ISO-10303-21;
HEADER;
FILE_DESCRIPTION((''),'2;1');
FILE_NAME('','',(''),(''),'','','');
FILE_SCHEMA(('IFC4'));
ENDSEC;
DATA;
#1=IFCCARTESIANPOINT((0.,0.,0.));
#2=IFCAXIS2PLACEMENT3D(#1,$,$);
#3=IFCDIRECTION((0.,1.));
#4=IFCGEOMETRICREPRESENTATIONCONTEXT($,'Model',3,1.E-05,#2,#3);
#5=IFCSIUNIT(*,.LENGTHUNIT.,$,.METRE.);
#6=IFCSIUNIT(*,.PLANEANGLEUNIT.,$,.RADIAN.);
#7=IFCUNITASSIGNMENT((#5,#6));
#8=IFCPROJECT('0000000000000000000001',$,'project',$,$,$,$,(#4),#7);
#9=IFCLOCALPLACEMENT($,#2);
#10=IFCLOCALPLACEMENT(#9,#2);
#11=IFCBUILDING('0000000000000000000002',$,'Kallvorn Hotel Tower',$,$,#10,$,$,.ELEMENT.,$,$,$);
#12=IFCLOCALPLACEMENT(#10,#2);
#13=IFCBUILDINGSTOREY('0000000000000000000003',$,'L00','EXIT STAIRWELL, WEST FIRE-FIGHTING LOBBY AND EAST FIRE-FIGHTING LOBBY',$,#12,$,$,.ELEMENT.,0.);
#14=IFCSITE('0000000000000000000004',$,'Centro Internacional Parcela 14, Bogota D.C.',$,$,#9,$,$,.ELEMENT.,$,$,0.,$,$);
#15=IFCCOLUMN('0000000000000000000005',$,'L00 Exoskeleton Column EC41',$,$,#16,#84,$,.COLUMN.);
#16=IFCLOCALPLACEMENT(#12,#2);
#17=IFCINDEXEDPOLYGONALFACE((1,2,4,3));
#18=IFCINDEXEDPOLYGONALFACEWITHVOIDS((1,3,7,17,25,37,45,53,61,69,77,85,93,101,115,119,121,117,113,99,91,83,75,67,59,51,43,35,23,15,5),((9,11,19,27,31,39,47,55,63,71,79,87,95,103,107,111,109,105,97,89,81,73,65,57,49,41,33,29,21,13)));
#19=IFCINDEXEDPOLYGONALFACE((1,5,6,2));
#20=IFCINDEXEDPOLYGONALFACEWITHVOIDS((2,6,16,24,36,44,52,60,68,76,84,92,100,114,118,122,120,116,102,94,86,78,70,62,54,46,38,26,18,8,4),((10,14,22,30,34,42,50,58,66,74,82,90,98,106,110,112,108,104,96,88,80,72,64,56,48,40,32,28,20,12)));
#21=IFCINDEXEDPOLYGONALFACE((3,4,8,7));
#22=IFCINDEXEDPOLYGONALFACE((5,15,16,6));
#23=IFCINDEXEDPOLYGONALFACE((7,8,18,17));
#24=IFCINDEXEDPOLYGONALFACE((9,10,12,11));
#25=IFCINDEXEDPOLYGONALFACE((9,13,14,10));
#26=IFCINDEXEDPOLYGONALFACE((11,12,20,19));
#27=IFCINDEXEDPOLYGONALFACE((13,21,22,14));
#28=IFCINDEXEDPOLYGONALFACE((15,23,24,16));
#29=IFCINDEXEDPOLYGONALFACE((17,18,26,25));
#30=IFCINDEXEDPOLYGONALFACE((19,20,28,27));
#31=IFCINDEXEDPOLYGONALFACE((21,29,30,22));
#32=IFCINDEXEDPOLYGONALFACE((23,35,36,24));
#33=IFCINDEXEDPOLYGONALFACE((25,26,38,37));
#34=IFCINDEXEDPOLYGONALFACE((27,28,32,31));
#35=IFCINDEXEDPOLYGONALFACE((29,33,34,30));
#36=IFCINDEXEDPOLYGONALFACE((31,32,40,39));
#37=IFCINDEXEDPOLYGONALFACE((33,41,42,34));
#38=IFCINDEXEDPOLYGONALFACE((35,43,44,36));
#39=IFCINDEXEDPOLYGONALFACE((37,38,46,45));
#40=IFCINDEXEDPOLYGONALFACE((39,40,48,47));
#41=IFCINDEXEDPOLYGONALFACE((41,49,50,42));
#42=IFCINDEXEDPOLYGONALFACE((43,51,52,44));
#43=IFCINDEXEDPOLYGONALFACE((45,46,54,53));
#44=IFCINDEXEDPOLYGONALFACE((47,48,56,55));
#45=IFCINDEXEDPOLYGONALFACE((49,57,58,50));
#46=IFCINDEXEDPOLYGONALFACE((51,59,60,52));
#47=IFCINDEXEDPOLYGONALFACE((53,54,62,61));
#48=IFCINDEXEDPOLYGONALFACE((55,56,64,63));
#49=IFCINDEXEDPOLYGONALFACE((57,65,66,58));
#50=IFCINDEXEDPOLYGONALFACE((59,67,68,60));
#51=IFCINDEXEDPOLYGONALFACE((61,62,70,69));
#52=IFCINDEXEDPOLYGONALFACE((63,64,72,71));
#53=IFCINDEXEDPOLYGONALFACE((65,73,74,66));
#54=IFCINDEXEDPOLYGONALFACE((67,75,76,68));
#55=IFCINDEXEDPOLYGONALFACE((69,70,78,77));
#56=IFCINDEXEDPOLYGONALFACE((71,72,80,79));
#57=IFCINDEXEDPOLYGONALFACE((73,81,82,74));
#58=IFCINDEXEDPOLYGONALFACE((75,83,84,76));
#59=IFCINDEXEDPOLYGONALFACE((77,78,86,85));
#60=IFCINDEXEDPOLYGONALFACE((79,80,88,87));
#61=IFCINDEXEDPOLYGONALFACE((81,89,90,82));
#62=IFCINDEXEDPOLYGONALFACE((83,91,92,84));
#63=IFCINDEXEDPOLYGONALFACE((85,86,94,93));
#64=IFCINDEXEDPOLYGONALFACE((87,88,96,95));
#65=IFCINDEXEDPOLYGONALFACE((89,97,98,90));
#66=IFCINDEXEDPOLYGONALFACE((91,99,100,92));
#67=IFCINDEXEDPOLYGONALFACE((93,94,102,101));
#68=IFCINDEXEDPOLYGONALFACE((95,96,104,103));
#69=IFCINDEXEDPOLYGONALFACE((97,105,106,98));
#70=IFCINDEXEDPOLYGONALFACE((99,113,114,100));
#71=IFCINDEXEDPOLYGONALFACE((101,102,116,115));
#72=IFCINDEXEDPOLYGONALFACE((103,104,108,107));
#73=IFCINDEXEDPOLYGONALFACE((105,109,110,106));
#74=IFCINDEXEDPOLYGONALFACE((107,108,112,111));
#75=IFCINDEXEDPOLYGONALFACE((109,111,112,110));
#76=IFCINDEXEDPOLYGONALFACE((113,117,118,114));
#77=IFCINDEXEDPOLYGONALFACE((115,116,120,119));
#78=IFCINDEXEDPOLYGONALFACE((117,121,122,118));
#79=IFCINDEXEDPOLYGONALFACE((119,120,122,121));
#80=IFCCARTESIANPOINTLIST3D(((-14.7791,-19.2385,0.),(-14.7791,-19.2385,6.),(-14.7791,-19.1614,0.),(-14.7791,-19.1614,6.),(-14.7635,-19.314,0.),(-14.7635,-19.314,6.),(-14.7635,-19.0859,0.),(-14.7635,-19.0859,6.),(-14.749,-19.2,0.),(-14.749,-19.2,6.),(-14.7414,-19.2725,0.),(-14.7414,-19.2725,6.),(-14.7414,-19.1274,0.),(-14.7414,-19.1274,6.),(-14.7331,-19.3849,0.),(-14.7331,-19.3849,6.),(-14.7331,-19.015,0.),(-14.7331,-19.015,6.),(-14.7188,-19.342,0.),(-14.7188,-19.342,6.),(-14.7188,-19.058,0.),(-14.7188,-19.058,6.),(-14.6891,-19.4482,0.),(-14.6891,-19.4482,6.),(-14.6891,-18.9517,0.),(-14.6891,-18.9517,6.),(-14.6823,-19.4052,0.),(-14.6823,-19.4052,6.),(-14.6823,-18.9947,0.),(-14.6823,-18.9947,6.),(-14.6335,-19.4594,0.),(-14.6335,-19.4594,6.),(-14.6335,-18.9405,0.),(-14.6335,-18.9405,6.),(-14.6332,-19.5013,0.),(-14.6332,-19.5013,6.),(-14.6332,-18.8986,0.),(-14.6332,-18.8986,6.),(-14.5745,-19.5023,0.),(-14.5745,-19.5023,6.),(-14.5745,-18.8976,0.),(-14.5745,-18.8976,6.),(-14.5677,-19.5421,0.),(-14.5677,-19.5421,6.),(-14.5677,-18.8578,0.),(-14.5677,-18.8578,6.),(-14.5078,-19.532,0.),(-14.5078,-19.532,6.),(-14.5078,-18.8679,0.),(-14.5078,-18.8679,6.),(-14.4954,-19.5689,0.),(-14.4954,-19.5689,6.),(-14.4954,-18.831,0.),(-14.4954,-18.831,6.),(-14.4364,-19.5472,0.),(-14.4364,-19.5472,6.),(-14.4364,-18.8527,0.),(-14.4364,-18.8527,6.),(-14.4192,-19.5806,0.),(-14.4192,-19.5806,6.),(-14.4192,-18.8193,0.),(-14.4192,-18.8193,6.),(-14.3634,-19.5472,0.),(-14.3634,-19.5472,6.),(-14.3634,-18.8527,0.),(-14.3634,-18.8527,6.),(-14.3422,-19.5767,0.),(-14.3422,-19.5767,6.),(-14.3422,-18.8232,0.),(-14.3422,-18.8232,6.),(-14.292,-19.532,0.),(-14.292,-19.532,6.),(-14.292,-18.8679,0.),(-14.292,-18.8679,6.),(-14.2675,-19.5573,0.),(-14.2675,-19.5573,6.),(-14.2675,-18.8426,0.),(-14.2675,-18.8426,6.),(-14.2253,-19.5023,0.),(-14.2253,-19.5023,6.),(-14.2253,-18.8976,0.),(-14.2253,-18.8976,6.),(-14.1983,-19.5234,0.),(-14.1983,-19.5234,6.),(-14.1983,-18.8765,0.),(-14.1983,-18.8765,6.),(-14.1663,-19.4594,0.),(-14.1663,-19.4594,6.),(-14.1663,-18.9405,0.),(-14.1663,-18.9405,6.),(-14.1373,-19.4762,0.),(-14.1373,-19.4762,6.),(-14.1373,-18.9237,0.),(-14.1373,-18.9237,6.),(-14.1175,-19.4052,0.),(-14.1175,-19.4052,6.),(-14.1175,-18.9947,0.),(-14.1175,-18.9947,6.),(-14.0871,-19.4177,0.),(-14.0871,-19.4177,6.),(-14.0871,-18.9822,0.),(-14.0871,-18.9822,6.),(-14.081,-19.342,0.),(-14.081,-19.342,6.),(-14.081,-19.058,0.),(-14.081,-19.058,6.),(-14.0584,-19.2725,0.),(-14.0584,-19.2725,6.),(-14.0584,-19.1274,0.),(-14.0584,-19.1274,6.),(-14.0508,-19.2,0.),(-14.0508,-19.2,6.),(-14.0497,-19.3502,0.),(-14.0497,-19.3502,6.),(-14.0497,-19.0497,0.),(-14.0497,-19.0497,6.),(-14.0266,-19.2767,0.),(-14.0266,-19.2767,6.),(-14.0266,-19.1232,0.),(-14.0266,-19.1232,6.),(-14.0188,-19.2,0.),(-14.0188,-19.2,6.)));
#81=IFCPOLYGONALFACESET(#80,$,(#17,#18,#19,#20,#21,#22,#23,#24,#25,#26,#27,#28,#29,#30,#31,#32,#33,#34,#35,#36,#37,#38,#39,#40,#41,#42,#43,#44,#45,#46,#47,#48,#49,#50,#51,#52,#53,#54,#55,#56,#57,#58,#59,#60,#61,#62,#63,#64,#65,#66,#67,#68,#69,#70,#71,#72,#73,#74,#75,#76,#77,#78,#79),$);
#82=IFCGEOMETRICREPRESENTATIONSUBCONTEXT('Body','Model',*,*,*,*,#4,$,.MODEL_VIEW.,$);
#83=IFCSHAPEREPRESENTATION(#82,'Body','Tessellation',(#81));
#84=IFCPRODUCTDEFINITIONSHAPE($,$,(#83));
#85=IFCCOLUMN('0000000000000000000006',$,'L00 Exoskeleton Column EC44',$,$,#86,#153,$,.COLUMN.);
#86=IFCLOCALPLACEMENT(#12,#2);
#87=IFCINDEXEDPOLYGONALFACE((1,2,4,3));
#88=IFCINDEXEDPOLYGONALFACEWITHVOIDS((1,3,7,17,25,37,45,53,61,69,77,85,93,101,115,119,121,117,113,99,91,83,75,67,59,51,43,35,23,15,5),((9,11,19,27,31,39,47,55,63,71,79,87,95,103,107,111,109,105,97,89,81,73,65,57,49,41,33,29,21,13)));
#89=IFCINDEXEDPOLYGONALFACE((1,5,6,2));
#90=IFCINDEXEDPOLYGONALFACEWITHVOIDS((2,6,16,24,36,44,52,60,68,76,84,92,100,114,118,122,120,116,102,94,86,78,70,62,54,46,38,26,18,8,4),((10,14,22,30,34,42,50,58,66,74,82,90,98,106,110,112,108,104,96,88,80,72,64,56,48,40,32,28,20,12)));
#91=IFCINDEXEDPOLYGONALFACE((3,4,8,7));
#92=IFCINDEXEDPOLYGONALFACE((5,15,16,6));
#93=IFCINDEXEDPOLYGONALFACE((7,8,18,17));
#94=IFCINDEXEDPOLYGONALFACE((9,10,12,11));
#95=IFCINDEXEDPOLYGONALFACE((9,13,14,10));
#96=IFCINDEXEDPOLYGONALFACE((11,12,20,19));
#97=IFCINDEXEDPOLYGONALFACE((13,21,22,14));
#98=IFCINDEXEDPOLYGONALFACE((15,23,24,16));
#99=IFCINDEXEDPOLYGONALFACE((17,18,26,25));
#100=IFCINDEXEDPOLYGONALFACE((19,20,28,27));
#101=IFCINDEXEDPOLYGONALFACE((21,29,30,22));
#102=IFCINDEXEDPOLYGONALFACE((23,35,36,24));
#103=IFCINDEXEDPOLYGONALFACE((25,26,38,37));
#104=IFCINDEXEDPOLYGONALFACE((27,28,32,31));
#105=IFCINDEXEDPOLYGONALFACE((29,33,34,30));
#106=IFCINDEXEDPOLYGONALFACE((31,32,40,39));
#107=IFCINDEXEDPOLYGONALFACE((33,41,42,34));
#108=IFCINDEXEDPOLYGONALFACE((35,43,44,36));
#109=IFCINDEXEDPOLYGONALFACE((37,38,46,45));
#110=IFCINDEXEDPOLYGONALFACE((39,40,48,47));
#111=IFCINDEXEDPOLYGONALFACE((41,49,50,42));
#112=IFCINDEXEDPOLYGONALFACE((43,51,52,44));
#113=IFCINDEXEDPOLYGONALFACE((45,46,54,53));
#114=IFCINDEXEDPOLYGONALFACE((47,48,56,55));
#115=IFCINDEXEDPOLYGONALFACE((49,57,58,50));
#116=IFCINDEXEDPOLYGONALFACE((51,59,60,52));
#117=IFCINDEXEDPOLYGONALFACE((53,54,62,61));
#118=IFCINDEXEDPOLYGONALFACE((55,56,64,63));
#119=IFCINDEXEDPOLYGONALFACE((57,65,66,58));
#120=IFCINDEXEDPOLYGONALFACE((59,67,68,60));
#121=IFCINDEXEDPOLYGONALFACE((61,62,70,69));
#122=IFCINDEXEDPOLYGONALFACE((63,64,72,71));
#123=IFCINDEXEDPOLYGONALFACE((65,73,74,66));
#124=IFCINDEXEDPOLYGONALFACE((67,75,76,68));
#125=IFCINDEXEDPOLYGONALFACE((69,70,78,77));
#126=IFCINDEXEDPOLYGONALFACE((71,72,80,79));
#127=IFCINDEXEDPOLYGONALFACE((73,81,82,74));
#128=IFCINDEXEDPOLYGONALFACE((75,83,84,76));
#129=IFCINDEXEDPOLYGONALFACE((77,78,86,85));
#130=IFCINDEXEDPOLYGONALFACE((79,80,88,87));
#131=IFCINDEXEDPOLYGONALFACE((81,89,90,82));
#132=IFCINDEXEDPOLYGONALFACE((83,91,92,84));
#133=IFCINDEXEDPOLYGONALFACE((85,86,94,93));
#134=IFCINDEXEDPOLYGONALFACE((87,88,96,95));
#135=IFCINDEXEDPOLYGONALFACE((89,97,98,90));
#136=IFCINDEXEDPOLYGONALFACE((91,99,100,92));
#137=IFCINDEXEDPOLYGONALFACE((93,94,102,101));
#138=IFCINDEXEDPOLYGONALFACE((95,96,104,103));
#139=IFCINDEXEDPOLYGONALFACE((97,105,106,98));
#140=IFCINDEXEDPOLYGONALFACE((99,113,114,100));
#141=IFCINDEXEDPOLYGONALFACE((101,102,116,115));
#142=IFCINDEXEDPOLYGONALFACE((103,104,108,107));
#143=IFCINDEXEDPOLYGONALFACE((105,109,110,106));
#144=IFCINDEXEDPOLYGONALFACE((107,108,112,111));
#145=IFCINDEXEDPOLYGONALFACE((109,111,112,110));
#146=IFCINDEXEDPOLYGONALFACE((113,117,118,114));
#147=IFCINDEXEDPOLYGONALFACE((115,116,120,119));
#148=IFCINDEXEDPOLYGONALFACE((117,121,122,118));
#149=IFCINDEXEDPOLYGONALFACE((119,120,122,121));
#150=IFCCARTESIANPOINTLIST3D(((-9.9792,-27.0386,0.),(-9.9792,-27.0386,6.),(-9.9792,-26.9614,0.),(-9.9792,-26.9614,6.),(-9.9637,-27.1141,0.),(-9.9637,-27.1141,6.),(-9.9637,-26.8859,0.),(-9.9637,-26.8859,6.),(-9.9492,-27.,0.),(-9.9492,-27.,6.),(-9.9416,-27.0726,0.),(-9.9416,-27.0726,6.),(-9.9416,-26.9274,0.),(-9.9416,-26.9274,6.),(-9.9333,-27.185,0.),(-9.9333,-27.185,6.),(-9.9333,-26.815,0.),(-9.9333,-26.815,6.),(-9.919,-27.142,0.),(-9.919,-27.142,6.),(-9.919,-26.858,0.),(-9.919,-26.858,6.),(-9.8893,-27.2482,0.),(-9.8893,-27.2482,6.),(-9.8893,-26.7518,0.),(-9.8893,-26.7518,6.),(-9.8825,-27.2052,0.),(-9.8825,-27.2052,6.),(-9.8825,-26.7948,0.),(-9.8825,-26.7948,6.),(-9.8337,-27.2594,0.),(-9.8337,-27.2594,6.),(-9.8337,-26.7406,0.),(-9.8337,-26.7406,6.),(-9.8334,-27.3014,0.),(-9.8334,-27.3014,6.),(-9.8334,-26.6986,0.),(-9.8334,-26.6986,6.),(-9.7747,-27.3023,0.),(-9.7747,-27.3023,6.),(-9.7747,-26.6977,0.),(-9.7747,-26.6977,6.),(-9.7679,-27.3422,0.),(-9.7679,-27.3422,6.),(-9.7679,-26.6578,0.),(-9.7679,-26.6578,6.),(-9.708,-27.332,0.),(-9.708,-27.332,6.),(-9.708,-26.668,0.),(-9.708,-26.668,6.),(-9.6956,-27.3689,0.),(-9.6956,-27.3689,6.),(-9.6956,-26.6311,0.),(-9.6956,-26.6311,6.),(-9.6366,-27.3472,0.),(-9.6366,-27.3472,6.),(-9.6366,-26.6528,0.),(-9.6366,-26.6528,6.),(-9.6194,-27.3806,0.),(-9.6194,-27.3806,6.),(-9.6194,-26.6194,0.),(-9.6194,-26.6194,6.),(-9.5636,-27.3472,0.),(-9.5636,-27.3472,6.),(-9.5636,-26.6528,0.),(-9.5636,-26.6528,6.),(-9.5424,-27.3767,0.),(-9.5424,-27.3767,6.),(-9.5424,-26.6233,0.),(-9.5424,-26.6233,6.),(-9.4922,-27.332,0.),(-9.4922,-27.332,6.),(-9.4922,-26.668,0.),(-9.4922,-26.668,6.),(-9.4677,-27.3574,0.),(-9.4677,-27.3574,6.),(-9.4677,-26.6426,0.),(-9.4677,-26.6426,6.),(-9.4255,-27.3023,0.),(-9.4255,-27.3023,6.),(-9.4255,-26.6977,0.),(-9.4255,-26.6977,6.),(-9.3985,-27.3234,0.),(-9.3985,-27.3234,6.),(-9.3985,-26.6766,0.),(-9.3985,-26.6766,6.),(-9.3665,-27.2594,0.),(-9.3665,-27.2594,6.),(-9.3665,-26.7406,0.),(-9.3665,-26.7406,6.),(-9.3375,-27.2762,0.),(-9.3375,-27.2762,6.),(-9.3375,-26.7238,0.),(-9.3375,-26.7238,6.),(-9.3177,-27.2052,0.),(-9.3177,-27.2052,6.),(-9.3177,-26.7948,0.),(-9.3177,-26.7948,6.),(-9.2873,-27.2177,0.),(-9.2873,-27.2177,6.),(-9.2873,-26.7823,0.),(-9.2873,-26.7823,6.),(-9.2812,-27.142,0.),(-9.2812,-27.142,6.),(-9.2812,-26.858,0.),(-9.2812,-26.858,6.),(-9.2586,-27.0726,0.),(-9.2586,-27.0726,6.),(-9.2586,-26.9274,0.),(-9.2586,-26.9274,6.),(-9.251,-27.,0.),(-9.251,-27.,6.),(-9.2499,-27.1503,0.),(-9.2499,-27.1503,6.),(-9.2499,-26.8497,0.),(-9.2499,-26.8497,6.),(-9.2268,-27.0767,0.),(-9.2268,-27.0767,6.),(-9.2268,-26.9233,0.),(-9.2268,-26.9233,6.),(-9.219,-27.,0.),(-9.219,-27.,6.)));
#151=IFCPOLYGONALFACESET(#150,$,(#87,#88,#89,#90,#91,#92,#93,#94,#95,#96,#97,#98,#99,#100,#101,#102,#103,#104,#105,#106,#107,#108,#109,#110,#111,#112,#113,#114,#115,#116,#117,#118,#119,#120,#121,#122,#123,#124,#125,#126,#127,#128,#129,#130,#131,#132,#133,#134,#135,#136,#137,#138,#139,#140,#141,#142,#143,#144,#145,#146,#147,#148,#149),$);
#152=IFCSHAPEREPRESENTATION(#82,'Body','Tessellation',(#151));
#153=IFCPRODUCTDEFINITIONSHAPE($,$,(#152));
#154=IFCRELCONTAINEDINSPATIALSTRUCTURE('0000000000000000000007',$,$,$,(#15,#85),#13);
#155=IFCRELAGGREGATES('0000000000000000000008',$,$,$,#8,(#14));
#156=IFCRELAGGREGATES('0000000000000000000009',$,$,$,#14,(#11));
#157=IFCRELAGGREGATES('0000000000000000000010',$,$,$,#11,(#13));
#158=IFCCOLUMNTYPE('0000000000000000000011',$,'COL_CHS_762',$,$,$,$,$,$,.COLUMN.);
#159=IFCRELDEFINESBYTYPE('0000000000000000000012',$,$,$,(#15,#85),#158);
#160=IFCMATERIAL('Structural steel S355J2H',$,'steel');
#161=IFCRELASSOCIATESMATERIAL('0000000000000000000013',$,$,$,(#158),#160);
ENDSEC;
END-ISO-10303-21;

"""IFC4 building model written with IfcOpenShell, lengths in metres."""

from ifc_helpers import new_model, si_unit, direction, frame, origin, origin_2d, place, context, subcontext, project, spatial, hollow_circle, extrude, material, material_profile, profile_set, type_object, element, save


model = new_model("IFC4")

# Units and contexts
model_context = context("Model", 3, precision=1e-05, world=origin(), true_north=direction((0.0, 1.0)))
body_context = subcontext(model_context, "Body", "Model", "MODEL_VIEW")
ifc_project = project(units=[si_unit("LENGTHUNIT", "METRE"), si_unit("PLANEANGLEUNIT", "RADIAN")], contexts=[model_context])

# Site, building, storey
site_placement = place(None, origin())
site = spatial("IfcSite", under=ifc_project, at=site_placement, Name="Centro Internacional Parcela 14, Bogota D.C.", CompositionType="ELEMENT", RefElevation=0.0)
building_placement = place(site_placement, origin())
building = spatial("IfcBuilding", under=site, at=building_placement, Name="Kallvorn Hotel Tower", CompositionType="ELEMENT")
storey_placement = place(building_placement, origin())
storey = spatial("IfcBuildingStorey", under=building, at=storey_placement, Name="L00", Description="EXIT STAIRWELL, WEST FIRE-FIGHTING LOBBY AND EAST FIRE-FIGHTING LOBBY", CompositionType="ELEMENT", Elevation=0.0)

# Columns
ifc_material_1 = material(Name="Structural steel S355J2H", Category="steel")
ifc_material_profile_1 = material_profile(ifc_material_1, hollow_circle(Radius=0.3811, WallThickness=0.032, at=origin_2d()), Name="CHS 762x32")
ifc_profile_set_1 = profile_set([ifc_material_profile_1], Name="Structural steel S355J2H")
column_type_1 = type_object("IfcColumnType", Name="COL_CHS_762", PredefinedType="COLUMN", material=ifc_profile_set_1)
for number, where, z_axis, x_axis, name in (
    (1, (-14.3999, -19.2, 0.0), (0.0, 0.0, 1.0), (1.0, 0.0, 0.0), "L00 Exoskeleton Column EC41"),
    (2, (-9.6001, -27.0, 0.0), (0.0, 0.0, 1.0), (1.0, 0.0, 0.0), "L00 Exoskeleton Column EC44"),
):
    element("IfcColumn", number, at=place(storey_placement, frame(where, z_axis=z_axis, x_axis=x_axis)), inside=storey, type_object=column_type_1, Name=name, PredefinedType="COLUMN", context=body_context, shape_type="SweptSolid", body=[
        extrude(hollow_circle(Radius=0.3811, WallThickness=0.032, at=origin_2d()), origin(), (0.0, 0.0, 1.0), 6.0),
    ])

save(model, "model.ifc")
